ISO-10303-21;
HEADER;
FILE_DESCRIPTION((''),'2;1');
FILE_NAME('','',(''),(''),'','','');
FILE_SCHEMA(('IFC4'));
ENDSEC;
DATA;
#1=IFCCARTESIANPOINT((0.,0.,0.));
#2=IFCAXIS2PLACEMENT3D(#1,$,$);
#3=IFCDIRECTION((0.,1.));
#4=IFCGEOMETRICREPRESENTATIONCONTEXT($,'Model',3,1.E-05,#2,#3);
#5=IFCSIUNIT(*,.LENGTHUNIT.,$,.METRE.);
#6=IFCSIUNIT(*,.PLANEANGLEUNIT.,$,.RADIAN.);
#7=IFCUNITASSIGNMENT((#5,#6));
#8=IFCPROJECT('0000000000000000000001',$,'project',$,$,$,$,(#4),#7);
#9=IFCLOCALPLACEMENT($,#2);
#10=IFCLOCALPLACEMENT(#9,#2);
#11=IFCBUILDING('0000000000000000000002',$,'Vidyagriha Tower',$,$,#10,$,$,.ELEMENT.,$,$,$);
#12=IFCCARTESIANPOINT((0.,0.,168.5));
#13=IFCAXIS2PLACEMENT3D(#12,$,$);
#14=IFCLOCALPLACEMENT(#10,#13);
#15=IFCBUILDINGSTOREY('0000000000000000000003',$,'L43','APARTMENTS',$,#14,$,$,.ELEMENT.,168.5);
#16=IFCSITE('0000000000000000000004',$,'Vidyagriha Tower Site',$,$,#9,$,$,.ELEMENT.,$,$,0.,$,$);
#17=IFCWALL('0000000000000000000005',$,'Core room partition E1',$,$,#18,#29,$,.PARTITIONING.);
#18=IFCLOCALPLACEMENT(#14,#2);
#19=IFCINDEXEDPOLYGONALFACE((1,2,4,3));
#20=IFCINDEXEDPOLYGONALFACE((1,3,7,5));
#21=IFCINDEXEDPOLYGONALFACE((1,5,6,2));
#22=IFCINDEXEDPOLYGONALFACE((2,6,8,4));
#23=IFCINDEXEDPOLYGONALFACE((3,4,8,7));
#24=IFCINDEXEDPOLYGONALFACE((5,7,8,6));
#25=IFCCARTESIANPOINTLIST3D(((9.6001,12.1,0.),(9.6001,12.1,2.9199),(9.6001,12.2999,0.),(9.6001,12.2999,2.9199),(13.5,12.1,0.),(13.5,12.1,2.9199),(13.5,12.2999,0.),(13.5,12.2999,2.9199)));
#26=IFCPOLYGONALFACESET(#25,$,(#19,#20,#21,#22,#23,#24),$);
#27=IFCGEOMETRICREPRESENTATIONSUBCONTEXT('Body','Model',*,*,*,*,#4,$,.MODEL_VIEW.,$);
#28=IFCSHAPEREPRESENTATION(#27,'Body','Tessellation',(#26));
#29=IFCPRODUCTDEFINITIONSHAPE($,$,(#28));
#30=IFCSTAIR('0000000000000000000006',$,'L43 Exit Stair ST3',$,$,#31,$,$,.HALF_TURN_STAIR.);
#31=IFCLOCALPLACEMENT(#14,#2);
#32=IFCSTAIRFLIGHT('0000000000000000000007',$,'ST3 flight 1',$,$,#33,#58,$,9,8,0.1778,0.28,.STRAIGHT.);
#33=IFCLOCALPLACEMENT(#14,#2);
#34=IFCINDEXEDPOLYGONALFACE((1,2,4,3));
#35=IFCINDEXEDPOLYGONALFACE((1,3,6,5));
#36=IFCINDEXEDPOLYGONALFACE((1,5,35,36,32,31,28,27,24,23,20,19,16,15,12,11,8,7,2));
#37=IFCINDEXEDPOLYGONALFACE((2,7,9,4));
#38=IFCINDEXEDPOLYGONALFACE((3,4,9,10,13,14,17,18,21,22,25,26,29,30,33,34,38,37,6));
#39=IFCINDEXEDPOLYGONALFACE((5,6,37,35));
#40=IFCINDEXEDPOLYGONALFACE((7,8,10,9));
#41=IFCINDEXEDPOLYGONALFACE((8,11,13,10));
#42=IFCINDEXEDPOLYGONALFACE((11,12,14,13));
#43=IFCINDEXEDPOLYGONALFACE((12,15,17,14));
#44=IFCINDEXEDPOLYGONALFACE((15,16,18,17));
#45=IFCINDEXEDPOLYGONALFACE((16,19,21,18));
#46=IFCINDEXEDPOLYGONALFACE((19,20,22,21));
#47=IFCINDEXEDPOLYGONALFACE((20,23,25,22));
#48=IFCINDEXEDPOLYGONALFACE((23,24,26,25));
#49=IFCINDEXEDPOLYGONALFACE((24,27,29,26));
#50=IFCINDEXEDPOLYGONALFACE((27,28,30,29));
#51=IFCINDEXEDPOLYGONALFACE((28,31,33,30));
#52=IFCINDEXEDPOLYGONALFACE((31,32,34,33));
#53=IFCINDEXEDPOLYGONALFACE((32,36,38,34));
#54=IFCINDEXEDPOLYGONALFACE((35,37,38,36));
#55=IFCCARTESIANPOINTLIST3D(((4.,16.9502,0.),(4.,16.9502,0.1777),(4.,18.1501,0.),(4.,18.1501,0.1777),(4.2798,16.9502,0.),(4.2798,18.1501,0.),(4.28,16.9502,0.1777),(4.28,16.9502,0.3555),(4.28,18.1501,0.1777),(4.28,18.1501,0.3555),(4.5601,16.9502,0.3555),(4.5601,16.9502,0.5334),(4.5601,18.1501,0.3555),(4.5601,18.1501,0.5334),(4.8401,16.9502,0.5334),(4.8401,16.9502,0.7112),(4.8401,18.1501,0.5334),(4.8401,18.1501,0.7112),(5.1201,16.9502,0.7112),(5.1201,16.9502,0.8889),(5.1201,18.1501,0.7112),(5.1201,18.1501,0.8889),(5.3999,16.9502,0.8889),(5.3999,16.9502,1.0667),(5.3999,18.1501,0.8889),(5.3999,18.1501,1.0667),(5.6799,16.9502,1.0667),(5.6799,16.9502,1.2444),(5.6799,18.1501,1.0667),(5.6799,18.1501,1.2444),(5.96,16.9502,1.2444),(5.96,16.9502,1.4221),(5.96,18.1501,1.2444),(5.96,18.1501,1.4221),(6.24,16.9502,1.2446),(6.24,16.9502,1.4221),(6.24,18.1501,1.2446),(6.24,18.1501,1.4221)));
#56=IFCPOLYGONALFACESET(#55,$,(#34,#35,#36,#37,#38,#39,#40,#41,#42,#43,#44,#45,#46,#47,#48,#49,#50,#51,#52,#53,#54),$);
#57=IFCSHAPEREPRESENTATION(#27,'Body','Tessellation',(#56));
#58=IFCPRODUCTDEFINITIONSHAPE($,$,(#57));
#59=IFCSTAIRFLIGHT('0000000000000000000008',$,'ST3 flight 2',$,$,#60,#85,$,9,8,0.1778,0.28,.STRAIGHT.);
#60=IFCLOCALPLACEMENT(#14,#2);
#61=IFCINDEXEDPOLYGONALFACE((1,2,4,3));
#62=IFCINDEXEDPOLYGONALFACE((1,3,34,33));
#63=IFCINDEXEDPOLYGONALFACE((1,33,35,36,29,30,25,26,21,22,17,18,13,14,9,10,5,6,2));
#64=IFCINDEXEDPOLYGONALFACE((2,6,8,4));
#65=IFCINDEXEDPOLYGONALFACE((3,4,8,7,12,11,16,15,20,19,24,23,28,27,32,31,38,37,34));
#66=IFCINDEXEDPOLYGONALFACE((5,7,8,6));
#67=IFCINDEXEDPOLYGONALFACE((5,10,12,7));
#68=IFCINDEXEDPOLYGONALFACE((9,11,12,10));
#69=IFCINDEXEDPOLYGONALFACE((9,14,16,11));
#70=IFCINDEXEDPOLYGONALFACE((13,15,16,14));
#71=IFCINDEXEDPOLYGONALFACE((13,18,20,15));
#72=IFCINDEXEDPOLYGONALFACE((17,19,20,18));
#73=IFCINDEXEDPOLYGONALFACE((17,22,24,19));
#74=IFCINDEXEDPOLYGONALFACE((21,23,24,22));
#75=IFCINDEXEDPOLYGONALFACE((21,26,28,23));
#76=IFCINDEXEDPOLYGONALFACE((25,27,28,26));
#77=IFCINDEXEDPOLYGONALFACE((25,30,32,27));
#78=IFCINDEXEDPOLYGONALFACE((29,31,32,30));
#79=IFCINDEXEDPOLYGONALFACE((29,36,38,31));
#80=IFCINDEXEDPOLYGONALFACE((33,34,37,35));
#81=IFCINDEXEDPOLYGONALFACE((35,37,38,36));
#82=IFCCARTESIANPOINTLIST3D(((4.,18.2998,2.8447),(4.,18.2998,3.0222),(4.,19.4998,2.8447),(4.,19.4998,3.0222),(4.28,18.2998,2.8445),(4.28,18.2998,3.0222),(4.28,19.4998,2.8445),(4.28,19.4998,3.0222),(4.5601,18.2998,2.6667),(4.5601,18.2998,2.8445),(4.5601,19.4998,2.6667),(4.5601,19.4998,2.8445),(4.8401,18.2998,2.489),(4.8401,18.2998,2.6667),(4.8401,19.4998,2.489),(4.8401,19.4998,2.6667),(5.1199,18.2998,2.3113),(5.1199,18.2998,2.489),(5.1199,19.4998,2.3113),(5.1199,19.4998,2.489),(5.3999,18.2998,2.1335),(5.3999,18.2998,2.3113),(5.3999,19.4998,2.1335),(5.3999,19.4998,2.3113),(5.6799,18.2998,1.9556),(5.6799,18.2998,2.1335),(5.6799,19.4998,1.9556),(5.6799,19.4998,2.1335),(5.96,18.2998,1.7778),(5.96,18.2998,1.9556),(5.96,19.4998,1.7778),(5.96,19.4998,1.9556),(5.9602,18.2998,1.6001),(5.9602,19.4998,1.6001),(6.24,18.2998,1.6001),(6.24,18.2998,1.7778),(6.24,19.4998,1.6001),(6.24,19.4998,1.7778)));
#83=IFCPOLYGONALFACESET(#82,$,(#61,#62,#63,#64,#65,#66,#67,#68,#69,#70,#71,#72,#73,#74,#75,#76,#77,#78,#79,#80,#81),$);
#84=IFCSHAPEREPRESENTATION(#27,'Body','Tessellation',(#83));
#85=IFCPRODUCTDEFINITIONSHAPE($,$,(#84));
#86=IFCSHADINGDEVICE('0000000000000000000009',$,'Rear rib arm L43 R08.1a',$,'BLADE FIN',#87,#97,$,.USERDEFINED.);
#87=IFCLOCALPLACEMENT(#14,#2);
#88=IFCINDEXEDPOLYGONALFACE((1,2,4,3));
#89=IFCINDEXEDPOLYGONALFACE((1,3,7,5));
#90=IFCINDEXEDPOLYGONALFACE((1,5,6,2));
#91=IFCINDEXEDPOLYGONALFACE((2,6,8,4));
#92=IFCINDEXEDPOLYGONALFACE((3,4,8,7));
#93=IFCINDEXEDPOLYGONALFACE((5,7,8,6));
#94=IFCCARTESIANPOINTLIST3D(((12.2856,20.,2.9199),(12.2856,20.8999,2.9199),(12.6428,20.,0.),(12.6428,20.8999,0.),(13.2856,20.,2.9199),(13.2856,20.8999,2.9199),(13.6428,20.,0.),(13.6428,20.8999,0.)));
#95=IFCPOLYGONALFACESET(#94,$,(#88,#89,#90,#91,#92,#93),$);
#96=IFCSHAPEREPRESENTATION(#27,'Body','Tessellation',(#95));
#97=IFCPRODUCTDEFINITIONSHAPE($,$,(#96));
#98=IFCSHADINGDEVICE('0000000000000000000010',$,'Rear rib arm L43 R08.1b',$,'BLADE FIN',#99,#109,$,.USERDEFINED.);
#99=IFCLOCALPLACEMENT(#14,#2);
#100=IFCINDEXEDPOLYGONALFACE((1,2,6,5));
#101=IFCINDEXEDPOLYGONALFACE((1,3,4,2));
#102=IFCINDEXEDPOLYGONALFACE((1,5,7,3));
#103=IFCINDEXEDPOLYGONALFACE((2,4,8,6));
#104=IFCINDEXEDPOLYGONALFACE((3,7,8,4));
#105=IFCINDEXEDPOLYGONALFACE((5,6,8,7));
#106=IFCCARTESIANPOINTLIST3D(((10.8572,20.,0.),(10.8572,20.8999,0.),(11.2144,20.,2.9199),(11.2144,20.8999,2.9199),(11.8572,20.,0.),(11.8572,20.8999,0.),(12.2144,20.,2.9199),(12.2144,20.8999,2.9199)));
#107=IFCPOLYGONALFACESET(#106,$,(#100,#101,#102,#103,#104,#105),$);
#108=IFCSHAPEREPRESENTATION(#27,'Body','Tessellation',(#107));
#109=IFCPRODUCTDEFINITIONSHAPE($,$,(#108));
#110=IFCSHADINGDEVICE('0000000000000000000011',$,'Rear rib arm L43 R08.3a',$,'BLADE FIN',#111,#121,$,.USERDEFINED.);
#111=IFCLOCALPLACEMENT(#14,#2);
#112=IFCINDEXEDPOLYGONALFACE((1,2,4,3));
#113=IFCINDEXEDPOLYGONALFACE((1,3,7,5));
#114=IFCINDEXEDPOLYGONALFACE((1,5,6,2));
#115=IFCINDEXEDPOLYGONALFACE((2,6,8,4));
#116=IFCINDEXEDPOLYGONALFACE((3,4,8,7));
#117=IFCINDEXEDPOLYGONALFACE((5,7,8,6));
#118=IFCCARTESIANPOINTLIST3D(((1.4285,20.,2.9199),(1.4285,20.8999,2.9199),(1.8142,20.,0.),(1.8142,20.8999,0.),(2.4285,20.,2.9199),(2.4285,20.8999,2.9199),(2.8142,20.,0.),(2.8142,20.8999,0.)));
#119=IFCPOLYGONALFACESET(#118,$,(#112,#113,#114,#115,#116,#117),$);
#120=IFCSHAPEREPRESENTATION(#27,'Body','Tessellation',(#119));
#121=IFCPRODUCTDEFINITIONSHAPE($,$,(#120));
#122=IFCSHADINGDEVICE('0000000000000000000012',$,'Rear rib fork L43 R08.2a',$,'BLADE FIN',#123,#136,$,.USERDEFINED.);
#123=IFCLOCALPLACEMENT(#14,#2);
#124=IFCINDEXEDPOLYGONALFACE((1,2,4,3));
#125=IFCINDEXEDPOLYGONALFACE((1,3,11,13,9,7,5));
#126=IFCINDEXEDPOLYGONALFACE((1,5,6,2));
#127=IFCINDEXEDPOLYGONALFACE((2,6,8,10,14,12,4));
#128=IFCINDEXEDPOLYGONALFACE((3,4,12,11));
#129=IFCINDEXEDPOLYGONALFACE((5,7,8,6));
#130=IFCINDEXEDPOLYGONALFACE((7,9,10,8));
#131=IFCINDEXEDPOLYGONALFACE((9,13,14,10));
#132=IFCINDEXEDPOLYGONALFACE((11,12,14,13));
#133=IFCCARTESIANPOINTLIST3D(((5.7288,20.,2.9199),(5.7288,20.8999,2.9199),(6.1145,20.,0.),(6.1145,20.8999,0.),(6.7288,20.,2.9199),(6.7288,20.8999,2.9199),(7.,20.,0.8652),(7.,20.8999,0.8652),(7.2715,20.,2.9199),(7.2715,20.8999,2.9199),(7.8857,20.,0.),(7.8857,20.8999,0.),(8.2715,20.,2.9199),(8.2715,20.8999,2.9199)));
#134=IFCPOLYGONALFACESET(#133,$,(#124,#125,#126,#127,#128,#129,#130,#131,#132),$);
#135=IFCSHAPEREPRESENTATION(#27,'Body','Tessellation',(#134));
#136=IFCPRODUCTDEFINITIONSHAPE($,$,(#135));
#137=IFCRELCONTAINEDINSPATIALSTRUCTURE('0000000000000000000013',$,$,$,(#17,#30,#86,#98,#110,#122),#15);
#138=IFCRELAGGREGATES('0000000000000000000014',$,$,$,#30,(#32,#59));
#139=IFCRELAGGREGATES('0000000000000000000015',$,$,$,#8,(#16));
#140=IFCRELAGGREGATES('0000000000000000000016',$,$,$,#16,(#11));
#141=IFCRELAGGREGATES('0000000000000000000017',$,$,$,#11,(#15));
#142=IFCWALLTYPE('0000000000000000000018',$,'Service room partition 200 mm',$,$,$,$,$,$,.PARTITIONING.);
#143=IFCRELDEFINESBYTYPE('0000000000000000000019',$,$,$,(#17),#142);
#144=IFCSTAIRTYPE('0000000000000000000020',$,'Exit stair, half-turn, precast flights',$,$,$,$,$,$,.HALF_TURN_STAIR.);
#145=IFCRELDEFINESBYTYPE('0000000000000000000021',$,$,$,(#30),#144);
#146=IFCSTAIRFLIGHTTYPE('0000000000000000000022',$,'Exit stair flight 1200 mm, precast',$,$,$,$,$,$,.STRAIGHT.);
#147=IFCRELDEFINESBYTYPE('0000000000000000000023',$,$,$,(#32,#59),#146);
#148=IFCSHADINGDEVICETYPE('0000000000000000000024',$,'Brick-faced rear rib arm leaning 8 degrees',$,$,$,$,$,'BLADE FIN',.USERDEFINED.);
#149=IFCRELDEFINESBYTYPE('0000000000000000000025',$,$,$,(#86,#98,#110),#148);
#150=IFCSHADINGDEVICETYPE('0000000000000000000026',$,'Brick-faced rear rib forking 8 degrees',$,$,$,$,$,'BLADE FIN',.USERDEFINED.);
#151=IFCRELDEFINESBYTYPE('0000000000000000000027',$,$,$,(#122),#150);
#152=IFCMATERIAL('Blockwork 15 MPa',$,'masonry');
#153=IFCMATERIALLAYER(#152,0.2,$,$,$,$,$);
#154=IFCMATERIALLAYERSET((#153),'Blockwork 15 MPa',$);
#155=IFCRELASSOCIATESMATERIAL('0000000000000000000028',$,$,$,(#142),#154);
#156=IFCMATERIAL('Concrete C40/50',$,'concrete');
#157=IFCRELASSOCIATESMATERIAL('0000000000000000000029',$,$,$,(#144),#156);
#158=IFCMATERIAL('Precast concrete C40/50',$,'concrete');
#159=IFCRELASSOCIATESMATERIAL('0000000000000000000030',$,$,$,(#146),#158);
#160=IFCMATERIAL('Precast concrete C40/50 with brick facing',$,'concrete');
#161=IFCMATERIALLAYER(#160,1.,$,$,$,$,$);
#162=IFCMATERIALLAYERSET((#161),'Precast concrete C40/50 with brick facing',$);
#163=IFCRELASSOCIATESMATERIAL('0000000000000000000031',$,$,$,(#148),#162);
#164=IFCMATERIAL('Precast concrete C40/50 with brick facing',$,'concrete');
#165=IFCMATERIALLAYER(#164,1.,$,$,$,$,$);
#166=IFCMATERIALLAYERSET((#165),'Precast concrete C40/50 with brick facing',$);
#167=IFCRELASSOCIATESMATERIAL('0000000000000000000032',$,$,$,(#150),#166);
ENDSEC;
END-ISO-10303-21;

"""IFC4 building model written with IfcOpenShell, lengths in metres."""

from ifc_helpers import new_model, si_unit, direction, frame, frame_2d, origin, place, context, subcontext, project, spatial, polyline, rectangle, outline, extrude, material, layer, layer_set, type_object, element, aggregate, save


model = new_model("IFC4")

# Units and contexts
model_context = context("Model", 3, precision=1e-05, world=origin(), true_north=direction((0.0, 1.0)))
body_context = subcontext(model_context, "Body", "Model", "MODEL_VIEW")
ifc_project = project(units=[si_unit("LENGTHUNIT", "METRE"), si_unit("PLANEANGLEUNIT", "RADIAN")], contexts=[model_context])

# Site, building, storey
site_placement = place(None, origin())
site = spatial("IfcSite", under=ifc_project, at=site_placement, Name="Vidyagriha Tower Site", CompositionType="ELEMENT", RefElevation=0.0)
building_placement = place(site_placement, origin())
building = spatial("IfcBuilding", under=site, at=building_placement, Name="Vidyagriha Tower", CompositionType="ELEMENT")
storey_placement = place(building_placement, frame((0.0, 0.0, 168.5)))
storey = spatial("IfcBuildingStorey", under=building, at=storey_placement, Name="L43", Description="APARTMENTS", CompositionType="ELEMENT", Elevation=168.5)

# Shared definitions
ifc_material_1 = material(Name="Blockwork 15 MPa", Category="masonry")
ifc_layer_1 = layer(ifc_material_1, 0.2)
ifc_layer_set_1 = layer_set([ifc_layer_1], Name="Blockwork 15 MPa")
wall_type_1 = type_object("IfcWallType", Name="Service room partition 200 mm", PredefinedType="PARTITIONING", material=ifc_layer_set_1)

# Wall
wall_1_placement = place(storey_placement, frame((9.6001, 12.2, 0.0)))
element("IfcWall", 1, at=wall_1_placement, inside=storey, type_object=wall_type_1, Name="Core room partition E1", PredefinedType="PARTITIONING", context=body_context, shape_type="SweptSolid", body=[
    extrude(rectangle(XDim=3.8999, YDim=0.2, at=frame_2d((1.95, 0.0))), origin(), (0.0, 0.0, 1.0), 2.9199),
])

# Stair, stair flights
ifc_material_2 = material(Name="Concrete C40/50", Category="concrete")
stair_type = type_object("IfcStairType", Name="Exit stair, half-turn, precast flights", PredefinedType="HALF_TURN_STAIR", material=ifc_material_2)
stair_placement = place(storey_placement, origin())
stair = element("IfcStair", 2, at=stair_placement, inside=storey, type_object=stair_type, Name="L43 Exit Stair ST3", PredefinedType="HALF_TURN_STAIR")
ifc_material_3 = material(Name="Precast concrete C40/50", Category="concrete")
stair_flight_type = type_object("IfcStairFlightType", Name="Exit stair flight 1200 mm, precast", PredefinedType="STRAIGHT", material=ifc_material_3)
stair_flight_1_placement = place(storey_placement, frame((4.0, 17.55, 0.0)))
stair_flight_1 = element("IfcStairFlight", 3, at=stair_flight_1_placement, type_object=stair_flight_type, Name="ST3 flight 1", NumberOfRisers=9, NumberOfTreads=8, PredefinedType="STRAIGHT", RiserHeight=0.1778, TreadLength=0.28, context=body_context, shape_type="SweptSolid", body=[
    extrude(outline(polyline([(0.0, 0.0), (0.0, 0.1777), (0.28, 0.1777), (0.28, 0.3555), (0.5601, 0.3555), (0.5601, 0.5334), (0.8401, 0.5334), (0.8401, 0.7112), (1.1201, 0.7112), (1.1201, 0.8889), (1.3999, 0.8889), (1.3999, 1.0667), (1.6799, 1.0667), (1.6799, 1.2444), (1.96, 1.2444), (1.96, 1.4221), (2.24, 1.4221), (2.24, 1.6001), (2.24, 1.2446), (0.2798, 0.0), (0.0, 0.0)])), frame((0.0, 0.6001, 0.0), z_axis=(0.0, -1.0, 0.0), x_axis=(1.0, 0.0, 0.0)), (0.0, 0.0, 1.0), 1.2),
])
stair_flight_2_placement = place(storey_placement, frame((6.24, 18.8999, 1.6001), z_axis=(0.0, 0.0, 1.0), x_axis=(-1.0, 0.0, 0.0)))
stair_flight_2 = element("IfcStairFlight", 4, at=stair_flight_2_placement, type_object=stair_flight_type, Name="ST3 flight 2", NumberOfRisers=9, NumberOfTreads=8, PredefinedType="STRAIGHT", RiserHeight=0.1778, TreadLength=0.28, context=body_context, shape_type="SweptSolid", body=[
    extrude(outline(polyline([(0.0, 0.0), (0.0, 0.1777), (0.28, 0.1777), (0.28, 0.3555), (0.5601, 0.3555), (0.5601, 0.5334), (0.8401, 0.5334), (0.8401, 0.7112), (1.1201, 0.7112), (1.1201, 0.8889), (1.3999, 0.8889), (1.3999, 1.0667), (1.6799, 1.0667), (1.6799, 1.2444), (1.96, 1.2444), (1.96, 1.4221), (2.24, 1.4221), (2.24, 1.6001), (2.24, 1.2446), (0.2798, 0.0), (0.0, 0.0)])), frame((0.0, 0.6001, 0.0), z_axis=(0.0, -1.0, 0.0), x_axis=(1.0, 0.0, 0.0)), (0.0, 0.0, 1.0), 1.2),
])
aggregate(stair, [stair_flight_1, stair_flight_2])

# Shading devices
ifc_material_4 = material(Name="Precast concrete C40/50 with brick facing", Category="concrete")
ifc_layer_2 = layer(ifc_material_4, 1.0)
ifc_layer_set_2 = layer_set([ifc_layer_2], Name="Precast concrete C40/50 with brick facing")
shading_device_type_1 = type_object("IfcShadingDeviceType", Name="Brick-faced rear rib arm leaning 8 degrees", ElementType="BLADE FIN", PredefinedType="USERDEFINED", material=ifc_layer_set_2)
shading_device_1_placement = place(storey_placement, frame((13.6428, 20.45, 0.0), z_axis=(0.0, 0.0, 1.0), x_axis=(-1.0, 0.0, 0.0)))
element("IfcShadingDevice", 5, at=shading_device_1_placement, inside=storey, type_object=shading_device_type_1, Name="Rear rib arm L43 R08.1a", ObjectType="BLADE FIN", PredefinedType="USERDEFINED", context=body_context, shape_type="SweptSolid", body=[
    extrude(outline(polyline([(0.0, 0.0), (1.0, 0.0), (1.3572, 2.9199), (0.3572, 2.9199), (0.0, 0.0)])), frame((0.0, 0.45, 0.0), z_axis=(0.0, -1.0, 0.0), x_axis=(1.0, 0.0, 0.0)), (0.0, 0.0, 1.0), 0.8999),
])
shading_device_2_placement = place(storey_placement, frame((12.2144, 20.45, 0.0), z_axis=(0.0, 0.0, 1.0), x_axis=(-1.0, 0.0, 0.0)))
element("IfcShadingDevice", 6, at=shading_device_2_placement, inside=storey, type_object=shading_device_type_1, Name="Rear rib arm L43 R08.1b", ObjectType="BLADE FIN", PredefinedType="USERDEFINED", context=body_context, shape_type="SweptSolid", body=[
    extrude(outline(polyline([(0.3572, 0.0), (1.3572, 0.0), (1.0, 2.9199), (0.0, 2.9199), (0.3572, 0.0)])), frame((0.0, 0.45, 0.0), z_axis=(0.0, -1.0, 0.0), x_axis=(1.0, 0.0, 0.0)), (0.0, 0.0, 1.0), 0.8999),
])
shading_device_3_placement = place(storey_placement, frame((2.8142, 20.45, 0.0), z_axis=(0.0, 0.0, 1.0), x_axis=(-1.0, 0.0, 0.0)))
element("IfcShadingDevice", 7, at=shading_device_3_placement, inside=storey, type_object=shading_device_type_1, Name="Rear rib arm L43 R08.3a", ObjectType="BLADE FIN", PredefinedType="USERDEFINED", context=body_context, shape_type="SweptSolid", body=[
    extrude(outline(polyline([(0.0, 0.0), (1.0, 0.0), (1.3857, 2.9199), (0.3857, 2.9199), (0.0, 0.0)])), frame((0.0, 0.45, 0.0), z_axis=(0.0, -1.0, 0.0), x_axis=(1.0, 0.0, 0.0)), (0.0, 0.0, 1.0), 0.8999),
])
ifc_material_5 = material(Name="Precast concrete C40/50 with brick facing", Category="concrete")
ifc_layer_3 = layer(ifc_material_5, 1.0)
ifc_layer_set_3 = layer_set([ifc_layer_3], Name="Precast concrete C40/50 with brick facing")
shading_device_type_2 = type_object("IfcShadingDeviceType", Name="Brick-faced rear rib forking 8 degrees", ElementType="BLADE FIN", PredefinedType="USERDEFINED", material=ifc_layer_set_3)
shading_device_4_placement = place(storey_placement, frame((8.2715, 20.45, 0.0), z_axis=(0.0, 0.0, 1.0), x_axis=(-1.0, 0.0, 0.0)))
element("IfcShadingDevice", 8, at=shading_device_4_placement, inside=storey, type_object=shading_device_type_2, Name="Rear rib fork L43 R08.2a", ObjectType="BLADE FIN", PredefinedType="USERDEFINED", context=body_context, shape_type="SweptSolid", body=[
    extrude(outline(polyline([(0.3857, 0.0), (2.157, 0.0), (2.5427, 2.9199), (1.5427, 2.9199), (1.2715, 0.8652), (1.0, 2.9199), (0.0, 2.9199), (0.3857, 0.0)])), frame((0.0, 0.45, 0.0), z_axis=(0.0, -1.0, 0.0), x_axis=(1.0, 0.0, 0.0)), (0.0, 0.0, 1.0), 0.8999),
])

save(model, "model.ifc")
